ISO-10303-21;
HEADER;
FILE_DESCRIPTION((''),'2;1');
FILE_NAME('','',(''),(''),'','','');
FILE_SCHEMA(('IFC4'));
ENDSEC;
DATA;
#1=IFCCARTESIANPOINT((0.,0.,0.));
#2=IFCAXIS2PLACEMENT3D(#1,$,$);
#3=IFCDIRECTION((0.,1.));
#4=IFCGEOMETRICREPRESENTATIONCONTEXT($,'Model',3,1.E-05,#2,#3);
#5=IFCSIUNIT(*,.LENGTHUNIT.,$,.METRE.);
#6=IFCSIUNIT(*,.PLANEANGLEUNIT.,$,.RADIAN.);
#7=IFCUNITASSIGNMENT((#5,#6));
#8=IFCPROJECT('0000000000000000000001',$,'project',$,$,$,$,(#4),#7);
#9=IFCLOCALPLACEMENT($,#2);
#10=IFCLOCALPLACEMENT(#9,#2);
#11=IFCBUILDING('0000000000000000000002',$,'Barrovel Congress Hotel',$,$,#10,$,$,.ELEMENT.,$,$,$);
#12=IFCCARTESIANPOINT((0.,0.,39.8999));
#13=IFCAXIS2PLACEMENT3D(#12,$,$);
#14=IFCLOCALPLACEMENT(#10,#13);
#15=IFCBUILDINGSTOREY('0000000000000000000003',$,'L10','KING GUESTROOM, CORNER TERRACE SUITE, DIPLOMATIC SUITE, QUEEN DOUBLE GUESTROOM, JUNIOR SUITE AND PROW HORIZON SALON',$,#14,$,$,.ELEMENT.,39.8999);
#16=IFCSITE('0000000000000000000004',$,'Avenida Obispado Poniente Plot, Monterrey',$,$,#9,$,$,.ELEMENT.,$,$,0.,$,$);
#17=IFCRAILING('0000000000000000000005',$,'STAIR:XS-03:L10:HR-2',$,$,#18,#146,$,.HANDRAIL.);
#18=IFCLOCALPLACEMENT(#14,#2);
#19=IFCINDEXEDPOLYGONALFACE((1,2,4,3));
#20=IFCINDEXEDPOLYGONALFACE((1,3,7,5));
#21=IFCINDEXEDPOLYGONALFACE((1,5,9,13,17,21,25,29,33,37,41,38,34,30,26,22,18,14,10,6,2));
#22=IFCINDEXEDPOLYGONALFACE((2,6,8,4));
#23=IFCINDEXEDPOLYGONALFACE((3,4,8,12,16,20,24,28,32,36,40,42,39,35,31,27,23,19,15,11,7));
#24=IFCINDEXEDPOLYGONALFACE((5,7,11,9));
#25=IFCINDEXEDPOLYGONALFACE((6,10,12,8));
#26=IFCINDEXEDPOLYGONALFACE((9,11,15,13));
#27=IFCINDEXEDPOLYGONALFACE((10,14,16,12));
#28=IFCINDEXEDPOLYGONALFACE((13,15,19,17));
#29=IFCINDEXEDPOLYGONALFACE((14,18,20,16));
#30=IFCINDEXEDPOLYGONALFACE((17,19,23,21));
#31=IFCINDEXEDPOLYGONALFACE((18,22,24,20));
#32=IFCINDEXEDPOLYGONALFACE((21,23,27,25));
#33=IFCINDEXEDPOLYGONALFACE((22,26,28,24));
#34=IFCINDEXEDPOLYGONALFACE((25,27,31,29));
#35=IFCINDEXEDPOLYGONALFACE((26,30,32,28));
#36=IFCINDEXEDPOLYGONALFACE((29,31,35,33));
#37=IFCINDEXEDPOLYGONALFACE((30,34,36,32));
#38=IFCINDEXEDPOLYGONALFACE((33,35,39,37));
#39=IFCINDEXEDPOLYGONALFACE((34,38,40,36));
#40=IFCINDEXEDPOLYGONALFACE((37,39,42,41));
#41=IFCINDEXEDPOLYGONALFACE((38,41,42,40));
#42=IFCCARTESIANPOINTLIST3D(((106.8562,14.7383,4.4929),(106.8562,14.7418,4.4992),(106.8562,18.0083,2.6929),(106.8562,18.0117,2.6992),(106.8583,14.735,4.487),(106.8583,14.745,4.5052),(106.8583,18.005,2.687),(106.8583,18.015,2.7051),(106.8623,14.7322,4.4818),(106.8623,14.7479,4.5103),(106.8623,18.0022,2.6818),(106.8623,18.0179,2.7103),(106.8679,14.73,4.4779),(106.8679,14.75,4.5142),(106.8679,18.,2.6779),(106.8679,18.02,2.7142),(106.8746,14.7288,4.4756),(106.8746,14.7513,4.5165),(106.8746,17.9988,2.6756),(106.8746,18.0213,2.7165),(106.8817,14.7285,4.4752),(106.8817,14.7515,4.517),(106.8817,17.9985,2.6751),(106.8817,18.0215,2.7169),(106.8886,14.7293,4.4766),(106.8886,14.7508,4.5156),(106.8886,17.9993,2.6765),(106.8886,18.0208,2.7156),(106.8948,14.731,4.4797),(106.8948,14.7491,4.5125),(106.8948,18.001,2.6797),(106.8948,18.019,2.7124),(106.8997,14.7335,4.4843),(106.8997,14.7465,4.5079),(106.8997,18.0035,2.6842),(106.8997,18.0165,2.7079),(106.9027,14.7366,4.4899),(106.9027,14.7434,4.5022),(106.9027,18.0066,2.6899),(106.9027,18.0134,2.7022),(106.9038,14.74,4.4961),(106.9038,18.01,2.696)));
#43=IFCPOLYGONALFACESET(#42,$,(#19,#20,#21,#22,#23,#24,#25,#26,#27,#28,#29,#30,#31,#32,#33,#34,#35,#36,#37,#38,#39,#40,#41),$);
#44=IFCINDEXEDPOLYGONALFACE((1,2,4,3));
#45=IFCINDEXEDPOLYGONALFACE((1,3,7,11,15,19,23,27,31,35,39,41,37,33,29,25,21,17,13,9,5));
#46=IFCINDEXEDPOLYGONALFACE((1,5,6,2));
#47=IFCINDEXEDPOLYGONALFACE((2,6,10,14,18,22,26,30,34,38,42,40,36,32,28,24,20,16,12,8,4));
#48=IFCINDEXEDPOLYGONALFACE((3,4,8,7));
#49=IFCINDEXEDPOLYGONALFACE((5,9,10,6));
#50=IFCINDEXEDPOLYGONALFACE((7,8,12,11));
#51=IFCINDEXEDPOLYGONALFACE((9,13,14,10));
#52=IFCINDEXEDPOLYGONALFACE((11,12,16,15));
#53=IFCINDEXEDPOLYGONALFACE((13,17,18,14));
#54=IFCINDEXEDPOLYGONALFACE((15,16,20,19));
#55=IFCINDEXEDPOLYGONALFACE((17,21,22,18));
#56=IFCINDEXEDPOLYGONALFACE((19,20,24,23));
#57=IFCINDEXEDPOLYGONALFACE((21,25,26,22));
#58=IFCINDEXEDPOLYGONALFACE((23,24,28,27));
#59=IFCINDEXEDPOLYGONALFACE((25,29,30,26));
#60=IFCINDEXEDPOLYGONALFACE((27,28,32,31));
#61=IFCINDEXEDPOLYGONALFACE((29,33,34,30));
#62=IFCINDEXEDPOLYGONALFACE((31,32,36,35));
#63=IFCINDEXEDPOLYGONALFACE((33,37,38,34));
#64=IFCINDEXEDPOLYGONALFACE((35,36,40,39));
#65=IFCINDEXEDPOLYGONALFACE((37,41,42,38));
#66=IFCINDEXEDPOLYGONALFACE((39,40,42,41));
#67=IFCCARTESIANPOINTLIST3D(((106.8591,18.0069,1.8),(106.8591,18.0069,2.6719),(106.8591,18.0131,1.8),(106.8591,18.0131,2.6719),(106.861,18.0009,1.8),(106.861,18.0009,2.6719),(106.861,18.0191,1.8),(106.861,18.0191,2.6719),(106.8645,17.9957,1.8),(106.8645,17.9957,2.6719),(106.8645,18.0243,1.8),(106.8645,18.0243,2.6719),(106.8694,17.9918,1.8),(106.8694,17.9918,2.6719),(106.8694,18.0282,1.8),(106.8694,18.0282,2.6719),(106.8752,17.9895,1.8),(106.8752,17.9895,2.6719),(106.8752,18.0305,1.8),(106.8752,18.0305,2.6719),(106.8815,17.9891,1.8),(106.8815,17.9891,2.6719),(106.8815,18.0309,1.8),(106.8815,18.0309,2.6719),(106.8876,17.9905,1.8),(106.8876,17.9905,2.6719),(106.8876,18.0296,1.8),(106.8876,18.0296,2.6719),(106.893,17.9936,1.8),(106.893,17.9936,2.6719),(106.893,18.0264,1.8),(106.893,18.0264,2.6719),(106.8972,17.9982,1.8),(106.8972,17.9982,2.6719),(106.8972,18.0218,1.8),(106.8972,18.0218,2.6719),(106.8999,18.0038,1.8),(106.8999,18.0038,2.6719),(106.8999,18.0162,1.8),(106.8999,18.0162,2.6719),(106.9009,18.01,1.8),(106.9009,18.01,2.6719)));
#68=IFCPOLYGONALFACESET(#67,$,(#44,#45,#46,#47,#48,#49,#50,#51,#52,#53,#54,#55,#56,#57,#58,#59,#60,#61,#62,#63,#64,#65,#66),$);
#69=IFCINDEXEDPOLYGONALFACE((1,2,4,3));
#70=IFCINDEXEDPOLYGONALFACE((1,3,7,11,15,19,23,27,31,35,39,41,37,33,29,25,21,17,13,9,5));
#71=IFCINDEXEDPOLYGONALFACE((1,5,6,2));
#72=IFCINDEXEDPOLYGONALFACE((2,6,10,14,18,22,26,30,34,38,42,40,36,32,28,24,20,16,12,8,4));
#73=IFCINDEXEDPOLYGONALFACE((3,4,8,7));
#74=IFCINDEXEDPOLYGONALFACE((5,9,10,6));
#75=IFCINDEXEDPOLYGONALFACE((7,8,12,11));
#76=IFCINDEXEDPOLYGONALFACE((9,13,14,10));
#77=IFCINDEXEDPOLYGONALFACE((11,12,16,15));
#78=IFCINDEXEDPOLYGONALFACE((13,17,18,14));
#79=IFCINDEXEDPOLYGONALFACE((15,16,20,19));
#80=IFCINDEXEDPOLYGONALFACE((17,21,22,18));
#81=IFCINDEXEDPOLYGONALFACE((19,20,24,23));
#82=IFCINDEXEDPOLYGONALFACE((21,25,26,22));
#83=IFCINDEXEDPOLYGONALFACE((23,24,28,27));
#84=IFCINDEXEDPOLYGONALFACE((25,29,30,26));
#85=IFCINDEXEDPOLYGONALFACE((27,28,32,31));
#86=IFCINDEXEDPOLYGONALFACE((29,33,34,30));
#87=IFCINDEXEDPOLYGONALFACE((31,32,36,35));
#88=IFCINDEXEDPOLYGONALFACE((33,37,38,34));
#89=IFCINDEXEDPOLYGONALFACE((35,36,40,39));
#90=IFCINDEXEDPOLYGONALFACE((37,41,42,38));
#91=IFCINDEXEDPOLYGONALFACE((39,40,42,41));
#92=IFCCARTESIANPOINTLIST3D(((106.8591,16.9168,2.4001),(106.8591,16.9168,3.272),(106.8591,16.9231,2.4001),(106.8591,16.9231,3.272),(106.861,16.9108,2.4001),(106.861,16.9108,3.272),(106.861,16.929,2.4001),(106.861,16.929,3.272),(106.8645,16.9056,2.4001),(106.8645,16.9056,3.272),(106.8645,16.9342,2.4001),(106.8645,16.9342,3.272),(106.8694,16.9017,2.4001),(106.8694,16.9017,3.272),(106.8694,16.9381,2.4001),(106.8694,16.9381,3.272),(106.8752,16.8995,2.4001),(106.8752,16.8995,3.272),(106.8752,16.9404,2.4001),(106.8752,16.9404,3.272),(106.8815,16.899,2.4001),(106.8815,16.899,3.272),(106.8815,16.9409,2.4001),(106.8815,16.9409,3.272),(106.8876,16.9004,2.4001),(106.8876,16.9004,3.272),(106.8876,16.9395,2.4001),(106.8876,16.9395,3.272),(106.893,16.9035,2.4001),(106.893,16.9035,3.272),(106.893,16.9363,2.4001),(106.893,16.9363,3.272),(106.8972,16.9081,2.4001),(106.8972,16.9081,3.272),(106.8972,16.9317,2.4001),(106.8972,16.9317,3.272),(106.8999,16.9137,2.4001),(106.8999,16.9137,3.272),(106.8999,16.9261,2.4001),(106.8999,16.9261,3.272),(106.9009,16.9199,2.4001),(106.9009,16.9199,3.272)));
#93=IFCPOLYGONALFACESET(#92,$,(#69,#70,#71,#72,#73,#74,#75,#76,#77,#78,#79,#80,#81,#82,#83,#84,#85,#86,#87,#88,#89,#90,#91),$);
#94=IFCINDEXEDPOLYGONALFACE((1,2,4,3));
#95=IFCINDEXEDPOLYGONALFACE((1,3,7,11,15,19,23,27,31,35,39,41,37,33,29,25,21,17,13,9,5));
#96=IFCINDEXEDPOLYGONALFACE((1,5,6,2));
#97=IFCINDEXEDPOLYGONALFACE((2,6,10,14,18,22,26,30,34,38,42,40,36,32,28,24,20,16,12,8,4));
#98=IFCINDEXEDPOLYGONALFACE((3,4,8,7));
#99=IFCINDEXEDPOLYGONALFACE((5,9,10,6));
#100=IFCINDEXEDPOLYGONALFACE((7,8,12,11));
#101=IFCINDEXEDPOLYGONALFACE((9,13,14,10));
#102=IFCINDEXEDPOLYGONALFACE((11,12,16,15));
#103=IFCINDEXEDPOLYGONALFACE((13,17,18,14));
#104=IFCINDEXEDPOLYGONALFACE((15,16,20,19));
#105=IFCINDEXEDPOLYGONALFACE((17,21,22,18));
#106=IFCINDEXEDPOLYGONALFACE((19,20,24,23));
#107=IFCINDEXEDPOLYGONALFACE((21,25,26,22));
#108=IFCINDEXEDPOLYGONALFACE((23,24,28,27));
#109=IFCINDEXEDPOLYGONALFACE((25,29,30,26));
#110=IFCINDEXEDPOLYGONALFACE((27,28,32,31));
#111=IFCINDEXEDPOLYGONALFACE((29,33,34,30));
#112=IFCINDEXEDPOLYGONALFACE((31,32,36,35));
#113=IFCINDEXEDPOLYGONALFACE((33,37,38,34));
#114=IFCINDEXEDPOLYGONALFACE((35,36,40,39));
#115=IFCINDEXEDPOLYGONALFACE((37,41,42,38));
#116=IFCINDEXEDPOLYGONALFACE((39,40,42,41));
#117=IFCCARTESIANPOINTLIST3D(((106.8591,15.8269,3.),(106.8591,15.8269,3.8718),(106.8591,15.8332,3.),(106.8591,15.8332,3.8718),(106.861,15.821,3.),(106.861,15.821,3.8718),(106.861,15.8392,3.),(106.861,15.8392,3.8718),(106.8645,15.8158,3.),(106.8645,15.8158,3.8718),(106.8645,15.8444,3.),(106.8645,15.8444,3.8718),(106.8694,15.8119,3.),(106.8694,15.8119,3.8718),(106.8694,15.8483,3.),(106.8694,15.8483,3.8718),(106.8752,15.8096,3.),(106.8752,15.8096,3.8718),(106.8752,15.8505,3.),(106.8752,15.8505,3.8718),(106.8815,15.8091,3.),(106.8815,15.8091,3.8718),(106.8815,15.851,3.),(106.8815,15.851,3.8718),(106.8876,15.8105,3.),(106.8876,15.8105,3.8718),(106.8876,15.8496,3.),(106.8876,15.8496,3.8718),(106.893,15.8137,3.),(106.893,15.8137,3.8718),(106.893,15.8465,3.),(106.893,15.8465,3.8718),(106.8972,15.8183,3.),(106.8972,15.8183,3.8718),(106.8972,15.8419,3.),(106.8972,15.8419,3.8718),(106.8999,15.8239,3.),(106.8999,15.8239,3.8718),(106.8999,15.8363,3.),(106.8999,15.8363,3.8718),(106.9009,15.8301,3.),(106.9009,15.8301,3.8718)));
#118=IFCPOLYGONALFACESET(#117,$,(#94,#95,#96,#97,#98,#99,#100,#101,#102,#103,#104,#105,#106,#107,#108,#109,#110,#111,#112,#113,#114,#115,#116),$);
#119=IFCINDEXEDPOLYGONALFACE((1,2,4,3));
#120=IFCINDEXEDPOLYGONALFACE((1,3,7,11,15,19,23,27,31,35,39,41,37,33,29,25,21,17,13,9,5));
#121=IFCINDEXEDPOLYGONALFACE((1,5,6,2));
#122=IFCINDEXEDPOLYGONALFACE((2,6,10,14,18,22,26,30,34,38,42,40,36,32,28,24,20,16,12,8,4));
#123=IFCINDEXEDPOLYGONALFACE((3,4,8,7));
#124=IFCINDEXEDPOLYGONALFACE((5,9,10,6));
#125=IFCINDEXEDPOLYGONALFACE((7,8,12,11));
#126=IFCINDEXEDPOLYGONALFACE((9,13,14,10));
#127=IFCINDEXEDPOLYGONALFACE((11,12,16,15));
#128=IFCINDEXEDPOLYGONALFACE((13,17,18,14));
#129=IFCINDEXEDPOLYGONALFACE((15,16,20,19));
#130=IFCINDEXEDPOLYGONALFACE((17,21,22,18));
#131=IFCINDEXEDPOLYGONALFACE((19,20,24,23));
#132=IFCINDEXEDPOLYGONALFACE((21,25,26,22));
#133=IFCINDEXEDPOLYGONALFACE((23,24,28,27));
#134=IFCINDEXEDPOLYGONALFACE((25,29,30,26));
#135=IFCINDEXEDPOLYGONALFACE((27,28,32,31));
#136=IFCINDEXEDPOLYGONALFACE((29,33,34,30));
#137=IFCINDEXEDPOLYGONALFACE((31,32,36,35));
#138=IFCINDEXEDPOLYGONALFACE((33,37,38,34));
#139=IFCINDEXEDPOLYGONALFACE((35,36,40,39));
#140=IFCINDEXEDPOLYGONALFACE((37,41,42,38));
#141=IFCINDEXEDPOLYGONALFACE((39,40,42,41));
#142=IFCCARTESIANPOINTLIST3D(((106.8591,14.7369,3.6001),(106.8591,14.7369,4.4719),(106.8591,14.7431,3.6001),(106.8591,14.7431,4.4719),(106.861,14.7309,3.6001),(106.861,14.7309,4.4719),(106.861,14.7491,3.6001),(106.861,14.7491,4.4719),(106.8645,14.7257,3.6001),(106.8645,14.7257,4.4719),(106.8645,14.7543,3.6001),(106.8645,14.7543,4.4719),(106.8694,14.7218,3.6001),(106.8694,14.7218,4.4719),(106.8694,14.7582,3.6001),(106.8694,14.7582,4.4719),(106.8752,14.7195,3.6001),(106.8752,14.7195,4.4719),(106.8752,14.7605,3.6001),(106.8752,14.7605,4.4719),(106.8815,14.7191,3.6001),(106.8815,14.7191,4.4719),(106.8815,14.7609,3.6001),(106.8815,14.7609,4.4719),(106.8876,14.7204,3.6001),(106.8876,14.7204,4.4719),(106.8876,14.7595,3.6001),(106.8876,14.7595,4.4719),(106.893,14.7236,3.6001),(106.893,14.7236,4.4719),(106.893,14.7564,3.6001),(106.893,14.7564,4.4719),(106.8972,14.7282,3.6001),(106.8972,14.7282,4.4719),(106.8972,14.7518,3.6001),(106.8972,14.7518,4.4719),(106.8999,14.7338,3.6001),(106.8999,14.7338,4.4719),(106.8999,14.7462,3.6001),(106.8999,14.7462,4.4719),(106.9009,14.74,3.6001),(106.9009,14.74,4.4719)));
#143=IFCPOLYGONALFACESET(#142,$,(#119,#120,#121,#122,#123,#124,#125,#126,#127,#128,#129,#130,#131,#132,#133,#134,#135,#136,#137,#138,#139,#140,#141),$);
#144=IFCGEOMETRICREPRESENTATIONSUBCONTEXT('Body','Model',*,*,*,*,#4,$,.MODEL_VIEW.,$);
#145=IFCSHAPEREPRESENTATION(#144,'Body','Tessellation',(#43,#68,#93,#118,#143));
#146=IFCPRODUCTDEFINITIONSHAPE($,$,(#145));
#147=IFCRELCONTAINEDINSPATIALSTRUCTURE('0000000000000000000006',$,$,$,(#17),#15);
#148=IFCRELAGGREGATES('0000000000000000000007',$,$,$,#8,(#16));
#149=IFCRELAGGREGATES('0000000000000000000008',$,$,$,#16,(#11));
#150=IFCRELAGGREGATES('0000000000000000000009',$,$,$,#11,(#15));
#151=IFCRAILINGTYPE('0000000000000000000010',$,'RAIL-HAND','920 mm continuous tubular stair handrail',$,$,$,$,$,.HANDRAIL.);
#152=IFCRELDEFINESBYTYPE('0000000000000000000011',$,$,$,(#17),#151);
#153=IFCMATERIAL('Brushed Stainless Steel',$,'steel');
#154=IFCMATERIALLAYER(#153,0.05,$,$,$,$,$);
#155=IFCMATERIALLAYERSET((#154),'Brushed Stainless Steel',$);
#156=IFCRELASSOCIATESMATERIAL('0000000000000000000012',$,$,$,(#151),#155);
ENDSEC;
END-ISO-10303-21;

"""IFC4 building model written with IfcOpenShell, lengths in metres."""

from ifc_helpers import new_model, si_unit, direction, frame, origin, origin_2d, place, context, subcontext, project, spatial, circle, extrude, material, layer, layer_set, type_object, element, save


model = new_model("IFC4")

# Units and contexts
model_context = context("Model", 3, precision=1e-05, world=origin(), true_north=direction((0.0, 1.0)))
body_context = subcontext(model_context, "Body", "Model", "MODEL_VIEW")
ifc_project = project(units=[si_unit("LENGTHUNIT", "METRE"), si_unit("PLANEANGLEUNIT", "RADIAN")], contexts=[model_context])

# Site, building, storey
site_placement = place(None, origin())
site = spatial("IfcSite", under=ifc_project, at=site_placement, Name="Avenida Obispado Poniente Plot, Monterrey", CompositionType="ELEMENT", RefElevation=0.0)
building_placement = place(site_placement, origin())
building = spatial("IfcBuilding", under=site, at=building_placement, Name="Barrovel Congress Hotel", CompositionType="ELEMENT")
storey_placement = place(building_placement, frame((0.0, 0.0, 39.8999)))
storey = spatial("IfcBuildingStorey", under=building, at=storey_placement, Name="L10", Description="KING GUESTROOM, CORNER TERRACE SUITE, DIPLOMATIC SUITE, QUEEN DOUBLE GUESTROOM, JUNIOR SUITE AND PROW HORIZON SALON", CompositionType="ELEMENT", Elevation=39.8999)

# Railing
ifc_material_1 = material(Name="Brushed Stainless Steel", Category="steel")
ifc_layer_1 = layer(ifc_material_1, 0.05)
ifc_layer_set_1 = layer_set([ifc_layer_1], Name="Brushed Stainless Steel")
railing_type_1 = type_object("IfcRailingType", Name="RAIL-HAND", Description="920 mm continuous tubular stair handrail", PredefinedType="HANDRAIL", material=ifc_layer_set_1)
railing_1_placement = place(storey_placement, frame((106.8799, 18.01, 1.8)))
element("IfcRailing", 1, at=railing_1_placement, inside=storey, type_object=railing_type_1, Name="STAIR:XS-03:L10:HR-2", PredefinedType="HANDRAIL", context=body_context, shape_type="SweptSolid", body=[
    extrude(circle(Radius=0.0239, at=origin_2d()), frame((0.0, 0.0, 0.896), z_axis=(0.0, -0.876042, 0.482235), x_axis=(1.0, 0.0, 0.0)), (0.0, 0.0, 1.0), 3.7327),
    extrude(circle(Radius=0.021, at=origin_2d()), origin(), (0.0, 0.0, 1.0), 0.8718),
    extrude(circle(Radius=0.021, at=origin_2d()), frame((0.0, -1.0901, 0.6001)), (0.0, 0.0, 1.0), 0.8718),
    extrude(circle(Radius=0.021, at=origin_2d()), frame((0.0, -2.1799, 1.2)), (0.0, 0.0, 1.0), 0.8718),
    extrude(circle(Radius=0.021, at=origin_2d()), frame((0.0, -3.27, 1.8)), (0.0, 0.0, 1.0), 0.8718),
])

save(model, "model.ifc")
